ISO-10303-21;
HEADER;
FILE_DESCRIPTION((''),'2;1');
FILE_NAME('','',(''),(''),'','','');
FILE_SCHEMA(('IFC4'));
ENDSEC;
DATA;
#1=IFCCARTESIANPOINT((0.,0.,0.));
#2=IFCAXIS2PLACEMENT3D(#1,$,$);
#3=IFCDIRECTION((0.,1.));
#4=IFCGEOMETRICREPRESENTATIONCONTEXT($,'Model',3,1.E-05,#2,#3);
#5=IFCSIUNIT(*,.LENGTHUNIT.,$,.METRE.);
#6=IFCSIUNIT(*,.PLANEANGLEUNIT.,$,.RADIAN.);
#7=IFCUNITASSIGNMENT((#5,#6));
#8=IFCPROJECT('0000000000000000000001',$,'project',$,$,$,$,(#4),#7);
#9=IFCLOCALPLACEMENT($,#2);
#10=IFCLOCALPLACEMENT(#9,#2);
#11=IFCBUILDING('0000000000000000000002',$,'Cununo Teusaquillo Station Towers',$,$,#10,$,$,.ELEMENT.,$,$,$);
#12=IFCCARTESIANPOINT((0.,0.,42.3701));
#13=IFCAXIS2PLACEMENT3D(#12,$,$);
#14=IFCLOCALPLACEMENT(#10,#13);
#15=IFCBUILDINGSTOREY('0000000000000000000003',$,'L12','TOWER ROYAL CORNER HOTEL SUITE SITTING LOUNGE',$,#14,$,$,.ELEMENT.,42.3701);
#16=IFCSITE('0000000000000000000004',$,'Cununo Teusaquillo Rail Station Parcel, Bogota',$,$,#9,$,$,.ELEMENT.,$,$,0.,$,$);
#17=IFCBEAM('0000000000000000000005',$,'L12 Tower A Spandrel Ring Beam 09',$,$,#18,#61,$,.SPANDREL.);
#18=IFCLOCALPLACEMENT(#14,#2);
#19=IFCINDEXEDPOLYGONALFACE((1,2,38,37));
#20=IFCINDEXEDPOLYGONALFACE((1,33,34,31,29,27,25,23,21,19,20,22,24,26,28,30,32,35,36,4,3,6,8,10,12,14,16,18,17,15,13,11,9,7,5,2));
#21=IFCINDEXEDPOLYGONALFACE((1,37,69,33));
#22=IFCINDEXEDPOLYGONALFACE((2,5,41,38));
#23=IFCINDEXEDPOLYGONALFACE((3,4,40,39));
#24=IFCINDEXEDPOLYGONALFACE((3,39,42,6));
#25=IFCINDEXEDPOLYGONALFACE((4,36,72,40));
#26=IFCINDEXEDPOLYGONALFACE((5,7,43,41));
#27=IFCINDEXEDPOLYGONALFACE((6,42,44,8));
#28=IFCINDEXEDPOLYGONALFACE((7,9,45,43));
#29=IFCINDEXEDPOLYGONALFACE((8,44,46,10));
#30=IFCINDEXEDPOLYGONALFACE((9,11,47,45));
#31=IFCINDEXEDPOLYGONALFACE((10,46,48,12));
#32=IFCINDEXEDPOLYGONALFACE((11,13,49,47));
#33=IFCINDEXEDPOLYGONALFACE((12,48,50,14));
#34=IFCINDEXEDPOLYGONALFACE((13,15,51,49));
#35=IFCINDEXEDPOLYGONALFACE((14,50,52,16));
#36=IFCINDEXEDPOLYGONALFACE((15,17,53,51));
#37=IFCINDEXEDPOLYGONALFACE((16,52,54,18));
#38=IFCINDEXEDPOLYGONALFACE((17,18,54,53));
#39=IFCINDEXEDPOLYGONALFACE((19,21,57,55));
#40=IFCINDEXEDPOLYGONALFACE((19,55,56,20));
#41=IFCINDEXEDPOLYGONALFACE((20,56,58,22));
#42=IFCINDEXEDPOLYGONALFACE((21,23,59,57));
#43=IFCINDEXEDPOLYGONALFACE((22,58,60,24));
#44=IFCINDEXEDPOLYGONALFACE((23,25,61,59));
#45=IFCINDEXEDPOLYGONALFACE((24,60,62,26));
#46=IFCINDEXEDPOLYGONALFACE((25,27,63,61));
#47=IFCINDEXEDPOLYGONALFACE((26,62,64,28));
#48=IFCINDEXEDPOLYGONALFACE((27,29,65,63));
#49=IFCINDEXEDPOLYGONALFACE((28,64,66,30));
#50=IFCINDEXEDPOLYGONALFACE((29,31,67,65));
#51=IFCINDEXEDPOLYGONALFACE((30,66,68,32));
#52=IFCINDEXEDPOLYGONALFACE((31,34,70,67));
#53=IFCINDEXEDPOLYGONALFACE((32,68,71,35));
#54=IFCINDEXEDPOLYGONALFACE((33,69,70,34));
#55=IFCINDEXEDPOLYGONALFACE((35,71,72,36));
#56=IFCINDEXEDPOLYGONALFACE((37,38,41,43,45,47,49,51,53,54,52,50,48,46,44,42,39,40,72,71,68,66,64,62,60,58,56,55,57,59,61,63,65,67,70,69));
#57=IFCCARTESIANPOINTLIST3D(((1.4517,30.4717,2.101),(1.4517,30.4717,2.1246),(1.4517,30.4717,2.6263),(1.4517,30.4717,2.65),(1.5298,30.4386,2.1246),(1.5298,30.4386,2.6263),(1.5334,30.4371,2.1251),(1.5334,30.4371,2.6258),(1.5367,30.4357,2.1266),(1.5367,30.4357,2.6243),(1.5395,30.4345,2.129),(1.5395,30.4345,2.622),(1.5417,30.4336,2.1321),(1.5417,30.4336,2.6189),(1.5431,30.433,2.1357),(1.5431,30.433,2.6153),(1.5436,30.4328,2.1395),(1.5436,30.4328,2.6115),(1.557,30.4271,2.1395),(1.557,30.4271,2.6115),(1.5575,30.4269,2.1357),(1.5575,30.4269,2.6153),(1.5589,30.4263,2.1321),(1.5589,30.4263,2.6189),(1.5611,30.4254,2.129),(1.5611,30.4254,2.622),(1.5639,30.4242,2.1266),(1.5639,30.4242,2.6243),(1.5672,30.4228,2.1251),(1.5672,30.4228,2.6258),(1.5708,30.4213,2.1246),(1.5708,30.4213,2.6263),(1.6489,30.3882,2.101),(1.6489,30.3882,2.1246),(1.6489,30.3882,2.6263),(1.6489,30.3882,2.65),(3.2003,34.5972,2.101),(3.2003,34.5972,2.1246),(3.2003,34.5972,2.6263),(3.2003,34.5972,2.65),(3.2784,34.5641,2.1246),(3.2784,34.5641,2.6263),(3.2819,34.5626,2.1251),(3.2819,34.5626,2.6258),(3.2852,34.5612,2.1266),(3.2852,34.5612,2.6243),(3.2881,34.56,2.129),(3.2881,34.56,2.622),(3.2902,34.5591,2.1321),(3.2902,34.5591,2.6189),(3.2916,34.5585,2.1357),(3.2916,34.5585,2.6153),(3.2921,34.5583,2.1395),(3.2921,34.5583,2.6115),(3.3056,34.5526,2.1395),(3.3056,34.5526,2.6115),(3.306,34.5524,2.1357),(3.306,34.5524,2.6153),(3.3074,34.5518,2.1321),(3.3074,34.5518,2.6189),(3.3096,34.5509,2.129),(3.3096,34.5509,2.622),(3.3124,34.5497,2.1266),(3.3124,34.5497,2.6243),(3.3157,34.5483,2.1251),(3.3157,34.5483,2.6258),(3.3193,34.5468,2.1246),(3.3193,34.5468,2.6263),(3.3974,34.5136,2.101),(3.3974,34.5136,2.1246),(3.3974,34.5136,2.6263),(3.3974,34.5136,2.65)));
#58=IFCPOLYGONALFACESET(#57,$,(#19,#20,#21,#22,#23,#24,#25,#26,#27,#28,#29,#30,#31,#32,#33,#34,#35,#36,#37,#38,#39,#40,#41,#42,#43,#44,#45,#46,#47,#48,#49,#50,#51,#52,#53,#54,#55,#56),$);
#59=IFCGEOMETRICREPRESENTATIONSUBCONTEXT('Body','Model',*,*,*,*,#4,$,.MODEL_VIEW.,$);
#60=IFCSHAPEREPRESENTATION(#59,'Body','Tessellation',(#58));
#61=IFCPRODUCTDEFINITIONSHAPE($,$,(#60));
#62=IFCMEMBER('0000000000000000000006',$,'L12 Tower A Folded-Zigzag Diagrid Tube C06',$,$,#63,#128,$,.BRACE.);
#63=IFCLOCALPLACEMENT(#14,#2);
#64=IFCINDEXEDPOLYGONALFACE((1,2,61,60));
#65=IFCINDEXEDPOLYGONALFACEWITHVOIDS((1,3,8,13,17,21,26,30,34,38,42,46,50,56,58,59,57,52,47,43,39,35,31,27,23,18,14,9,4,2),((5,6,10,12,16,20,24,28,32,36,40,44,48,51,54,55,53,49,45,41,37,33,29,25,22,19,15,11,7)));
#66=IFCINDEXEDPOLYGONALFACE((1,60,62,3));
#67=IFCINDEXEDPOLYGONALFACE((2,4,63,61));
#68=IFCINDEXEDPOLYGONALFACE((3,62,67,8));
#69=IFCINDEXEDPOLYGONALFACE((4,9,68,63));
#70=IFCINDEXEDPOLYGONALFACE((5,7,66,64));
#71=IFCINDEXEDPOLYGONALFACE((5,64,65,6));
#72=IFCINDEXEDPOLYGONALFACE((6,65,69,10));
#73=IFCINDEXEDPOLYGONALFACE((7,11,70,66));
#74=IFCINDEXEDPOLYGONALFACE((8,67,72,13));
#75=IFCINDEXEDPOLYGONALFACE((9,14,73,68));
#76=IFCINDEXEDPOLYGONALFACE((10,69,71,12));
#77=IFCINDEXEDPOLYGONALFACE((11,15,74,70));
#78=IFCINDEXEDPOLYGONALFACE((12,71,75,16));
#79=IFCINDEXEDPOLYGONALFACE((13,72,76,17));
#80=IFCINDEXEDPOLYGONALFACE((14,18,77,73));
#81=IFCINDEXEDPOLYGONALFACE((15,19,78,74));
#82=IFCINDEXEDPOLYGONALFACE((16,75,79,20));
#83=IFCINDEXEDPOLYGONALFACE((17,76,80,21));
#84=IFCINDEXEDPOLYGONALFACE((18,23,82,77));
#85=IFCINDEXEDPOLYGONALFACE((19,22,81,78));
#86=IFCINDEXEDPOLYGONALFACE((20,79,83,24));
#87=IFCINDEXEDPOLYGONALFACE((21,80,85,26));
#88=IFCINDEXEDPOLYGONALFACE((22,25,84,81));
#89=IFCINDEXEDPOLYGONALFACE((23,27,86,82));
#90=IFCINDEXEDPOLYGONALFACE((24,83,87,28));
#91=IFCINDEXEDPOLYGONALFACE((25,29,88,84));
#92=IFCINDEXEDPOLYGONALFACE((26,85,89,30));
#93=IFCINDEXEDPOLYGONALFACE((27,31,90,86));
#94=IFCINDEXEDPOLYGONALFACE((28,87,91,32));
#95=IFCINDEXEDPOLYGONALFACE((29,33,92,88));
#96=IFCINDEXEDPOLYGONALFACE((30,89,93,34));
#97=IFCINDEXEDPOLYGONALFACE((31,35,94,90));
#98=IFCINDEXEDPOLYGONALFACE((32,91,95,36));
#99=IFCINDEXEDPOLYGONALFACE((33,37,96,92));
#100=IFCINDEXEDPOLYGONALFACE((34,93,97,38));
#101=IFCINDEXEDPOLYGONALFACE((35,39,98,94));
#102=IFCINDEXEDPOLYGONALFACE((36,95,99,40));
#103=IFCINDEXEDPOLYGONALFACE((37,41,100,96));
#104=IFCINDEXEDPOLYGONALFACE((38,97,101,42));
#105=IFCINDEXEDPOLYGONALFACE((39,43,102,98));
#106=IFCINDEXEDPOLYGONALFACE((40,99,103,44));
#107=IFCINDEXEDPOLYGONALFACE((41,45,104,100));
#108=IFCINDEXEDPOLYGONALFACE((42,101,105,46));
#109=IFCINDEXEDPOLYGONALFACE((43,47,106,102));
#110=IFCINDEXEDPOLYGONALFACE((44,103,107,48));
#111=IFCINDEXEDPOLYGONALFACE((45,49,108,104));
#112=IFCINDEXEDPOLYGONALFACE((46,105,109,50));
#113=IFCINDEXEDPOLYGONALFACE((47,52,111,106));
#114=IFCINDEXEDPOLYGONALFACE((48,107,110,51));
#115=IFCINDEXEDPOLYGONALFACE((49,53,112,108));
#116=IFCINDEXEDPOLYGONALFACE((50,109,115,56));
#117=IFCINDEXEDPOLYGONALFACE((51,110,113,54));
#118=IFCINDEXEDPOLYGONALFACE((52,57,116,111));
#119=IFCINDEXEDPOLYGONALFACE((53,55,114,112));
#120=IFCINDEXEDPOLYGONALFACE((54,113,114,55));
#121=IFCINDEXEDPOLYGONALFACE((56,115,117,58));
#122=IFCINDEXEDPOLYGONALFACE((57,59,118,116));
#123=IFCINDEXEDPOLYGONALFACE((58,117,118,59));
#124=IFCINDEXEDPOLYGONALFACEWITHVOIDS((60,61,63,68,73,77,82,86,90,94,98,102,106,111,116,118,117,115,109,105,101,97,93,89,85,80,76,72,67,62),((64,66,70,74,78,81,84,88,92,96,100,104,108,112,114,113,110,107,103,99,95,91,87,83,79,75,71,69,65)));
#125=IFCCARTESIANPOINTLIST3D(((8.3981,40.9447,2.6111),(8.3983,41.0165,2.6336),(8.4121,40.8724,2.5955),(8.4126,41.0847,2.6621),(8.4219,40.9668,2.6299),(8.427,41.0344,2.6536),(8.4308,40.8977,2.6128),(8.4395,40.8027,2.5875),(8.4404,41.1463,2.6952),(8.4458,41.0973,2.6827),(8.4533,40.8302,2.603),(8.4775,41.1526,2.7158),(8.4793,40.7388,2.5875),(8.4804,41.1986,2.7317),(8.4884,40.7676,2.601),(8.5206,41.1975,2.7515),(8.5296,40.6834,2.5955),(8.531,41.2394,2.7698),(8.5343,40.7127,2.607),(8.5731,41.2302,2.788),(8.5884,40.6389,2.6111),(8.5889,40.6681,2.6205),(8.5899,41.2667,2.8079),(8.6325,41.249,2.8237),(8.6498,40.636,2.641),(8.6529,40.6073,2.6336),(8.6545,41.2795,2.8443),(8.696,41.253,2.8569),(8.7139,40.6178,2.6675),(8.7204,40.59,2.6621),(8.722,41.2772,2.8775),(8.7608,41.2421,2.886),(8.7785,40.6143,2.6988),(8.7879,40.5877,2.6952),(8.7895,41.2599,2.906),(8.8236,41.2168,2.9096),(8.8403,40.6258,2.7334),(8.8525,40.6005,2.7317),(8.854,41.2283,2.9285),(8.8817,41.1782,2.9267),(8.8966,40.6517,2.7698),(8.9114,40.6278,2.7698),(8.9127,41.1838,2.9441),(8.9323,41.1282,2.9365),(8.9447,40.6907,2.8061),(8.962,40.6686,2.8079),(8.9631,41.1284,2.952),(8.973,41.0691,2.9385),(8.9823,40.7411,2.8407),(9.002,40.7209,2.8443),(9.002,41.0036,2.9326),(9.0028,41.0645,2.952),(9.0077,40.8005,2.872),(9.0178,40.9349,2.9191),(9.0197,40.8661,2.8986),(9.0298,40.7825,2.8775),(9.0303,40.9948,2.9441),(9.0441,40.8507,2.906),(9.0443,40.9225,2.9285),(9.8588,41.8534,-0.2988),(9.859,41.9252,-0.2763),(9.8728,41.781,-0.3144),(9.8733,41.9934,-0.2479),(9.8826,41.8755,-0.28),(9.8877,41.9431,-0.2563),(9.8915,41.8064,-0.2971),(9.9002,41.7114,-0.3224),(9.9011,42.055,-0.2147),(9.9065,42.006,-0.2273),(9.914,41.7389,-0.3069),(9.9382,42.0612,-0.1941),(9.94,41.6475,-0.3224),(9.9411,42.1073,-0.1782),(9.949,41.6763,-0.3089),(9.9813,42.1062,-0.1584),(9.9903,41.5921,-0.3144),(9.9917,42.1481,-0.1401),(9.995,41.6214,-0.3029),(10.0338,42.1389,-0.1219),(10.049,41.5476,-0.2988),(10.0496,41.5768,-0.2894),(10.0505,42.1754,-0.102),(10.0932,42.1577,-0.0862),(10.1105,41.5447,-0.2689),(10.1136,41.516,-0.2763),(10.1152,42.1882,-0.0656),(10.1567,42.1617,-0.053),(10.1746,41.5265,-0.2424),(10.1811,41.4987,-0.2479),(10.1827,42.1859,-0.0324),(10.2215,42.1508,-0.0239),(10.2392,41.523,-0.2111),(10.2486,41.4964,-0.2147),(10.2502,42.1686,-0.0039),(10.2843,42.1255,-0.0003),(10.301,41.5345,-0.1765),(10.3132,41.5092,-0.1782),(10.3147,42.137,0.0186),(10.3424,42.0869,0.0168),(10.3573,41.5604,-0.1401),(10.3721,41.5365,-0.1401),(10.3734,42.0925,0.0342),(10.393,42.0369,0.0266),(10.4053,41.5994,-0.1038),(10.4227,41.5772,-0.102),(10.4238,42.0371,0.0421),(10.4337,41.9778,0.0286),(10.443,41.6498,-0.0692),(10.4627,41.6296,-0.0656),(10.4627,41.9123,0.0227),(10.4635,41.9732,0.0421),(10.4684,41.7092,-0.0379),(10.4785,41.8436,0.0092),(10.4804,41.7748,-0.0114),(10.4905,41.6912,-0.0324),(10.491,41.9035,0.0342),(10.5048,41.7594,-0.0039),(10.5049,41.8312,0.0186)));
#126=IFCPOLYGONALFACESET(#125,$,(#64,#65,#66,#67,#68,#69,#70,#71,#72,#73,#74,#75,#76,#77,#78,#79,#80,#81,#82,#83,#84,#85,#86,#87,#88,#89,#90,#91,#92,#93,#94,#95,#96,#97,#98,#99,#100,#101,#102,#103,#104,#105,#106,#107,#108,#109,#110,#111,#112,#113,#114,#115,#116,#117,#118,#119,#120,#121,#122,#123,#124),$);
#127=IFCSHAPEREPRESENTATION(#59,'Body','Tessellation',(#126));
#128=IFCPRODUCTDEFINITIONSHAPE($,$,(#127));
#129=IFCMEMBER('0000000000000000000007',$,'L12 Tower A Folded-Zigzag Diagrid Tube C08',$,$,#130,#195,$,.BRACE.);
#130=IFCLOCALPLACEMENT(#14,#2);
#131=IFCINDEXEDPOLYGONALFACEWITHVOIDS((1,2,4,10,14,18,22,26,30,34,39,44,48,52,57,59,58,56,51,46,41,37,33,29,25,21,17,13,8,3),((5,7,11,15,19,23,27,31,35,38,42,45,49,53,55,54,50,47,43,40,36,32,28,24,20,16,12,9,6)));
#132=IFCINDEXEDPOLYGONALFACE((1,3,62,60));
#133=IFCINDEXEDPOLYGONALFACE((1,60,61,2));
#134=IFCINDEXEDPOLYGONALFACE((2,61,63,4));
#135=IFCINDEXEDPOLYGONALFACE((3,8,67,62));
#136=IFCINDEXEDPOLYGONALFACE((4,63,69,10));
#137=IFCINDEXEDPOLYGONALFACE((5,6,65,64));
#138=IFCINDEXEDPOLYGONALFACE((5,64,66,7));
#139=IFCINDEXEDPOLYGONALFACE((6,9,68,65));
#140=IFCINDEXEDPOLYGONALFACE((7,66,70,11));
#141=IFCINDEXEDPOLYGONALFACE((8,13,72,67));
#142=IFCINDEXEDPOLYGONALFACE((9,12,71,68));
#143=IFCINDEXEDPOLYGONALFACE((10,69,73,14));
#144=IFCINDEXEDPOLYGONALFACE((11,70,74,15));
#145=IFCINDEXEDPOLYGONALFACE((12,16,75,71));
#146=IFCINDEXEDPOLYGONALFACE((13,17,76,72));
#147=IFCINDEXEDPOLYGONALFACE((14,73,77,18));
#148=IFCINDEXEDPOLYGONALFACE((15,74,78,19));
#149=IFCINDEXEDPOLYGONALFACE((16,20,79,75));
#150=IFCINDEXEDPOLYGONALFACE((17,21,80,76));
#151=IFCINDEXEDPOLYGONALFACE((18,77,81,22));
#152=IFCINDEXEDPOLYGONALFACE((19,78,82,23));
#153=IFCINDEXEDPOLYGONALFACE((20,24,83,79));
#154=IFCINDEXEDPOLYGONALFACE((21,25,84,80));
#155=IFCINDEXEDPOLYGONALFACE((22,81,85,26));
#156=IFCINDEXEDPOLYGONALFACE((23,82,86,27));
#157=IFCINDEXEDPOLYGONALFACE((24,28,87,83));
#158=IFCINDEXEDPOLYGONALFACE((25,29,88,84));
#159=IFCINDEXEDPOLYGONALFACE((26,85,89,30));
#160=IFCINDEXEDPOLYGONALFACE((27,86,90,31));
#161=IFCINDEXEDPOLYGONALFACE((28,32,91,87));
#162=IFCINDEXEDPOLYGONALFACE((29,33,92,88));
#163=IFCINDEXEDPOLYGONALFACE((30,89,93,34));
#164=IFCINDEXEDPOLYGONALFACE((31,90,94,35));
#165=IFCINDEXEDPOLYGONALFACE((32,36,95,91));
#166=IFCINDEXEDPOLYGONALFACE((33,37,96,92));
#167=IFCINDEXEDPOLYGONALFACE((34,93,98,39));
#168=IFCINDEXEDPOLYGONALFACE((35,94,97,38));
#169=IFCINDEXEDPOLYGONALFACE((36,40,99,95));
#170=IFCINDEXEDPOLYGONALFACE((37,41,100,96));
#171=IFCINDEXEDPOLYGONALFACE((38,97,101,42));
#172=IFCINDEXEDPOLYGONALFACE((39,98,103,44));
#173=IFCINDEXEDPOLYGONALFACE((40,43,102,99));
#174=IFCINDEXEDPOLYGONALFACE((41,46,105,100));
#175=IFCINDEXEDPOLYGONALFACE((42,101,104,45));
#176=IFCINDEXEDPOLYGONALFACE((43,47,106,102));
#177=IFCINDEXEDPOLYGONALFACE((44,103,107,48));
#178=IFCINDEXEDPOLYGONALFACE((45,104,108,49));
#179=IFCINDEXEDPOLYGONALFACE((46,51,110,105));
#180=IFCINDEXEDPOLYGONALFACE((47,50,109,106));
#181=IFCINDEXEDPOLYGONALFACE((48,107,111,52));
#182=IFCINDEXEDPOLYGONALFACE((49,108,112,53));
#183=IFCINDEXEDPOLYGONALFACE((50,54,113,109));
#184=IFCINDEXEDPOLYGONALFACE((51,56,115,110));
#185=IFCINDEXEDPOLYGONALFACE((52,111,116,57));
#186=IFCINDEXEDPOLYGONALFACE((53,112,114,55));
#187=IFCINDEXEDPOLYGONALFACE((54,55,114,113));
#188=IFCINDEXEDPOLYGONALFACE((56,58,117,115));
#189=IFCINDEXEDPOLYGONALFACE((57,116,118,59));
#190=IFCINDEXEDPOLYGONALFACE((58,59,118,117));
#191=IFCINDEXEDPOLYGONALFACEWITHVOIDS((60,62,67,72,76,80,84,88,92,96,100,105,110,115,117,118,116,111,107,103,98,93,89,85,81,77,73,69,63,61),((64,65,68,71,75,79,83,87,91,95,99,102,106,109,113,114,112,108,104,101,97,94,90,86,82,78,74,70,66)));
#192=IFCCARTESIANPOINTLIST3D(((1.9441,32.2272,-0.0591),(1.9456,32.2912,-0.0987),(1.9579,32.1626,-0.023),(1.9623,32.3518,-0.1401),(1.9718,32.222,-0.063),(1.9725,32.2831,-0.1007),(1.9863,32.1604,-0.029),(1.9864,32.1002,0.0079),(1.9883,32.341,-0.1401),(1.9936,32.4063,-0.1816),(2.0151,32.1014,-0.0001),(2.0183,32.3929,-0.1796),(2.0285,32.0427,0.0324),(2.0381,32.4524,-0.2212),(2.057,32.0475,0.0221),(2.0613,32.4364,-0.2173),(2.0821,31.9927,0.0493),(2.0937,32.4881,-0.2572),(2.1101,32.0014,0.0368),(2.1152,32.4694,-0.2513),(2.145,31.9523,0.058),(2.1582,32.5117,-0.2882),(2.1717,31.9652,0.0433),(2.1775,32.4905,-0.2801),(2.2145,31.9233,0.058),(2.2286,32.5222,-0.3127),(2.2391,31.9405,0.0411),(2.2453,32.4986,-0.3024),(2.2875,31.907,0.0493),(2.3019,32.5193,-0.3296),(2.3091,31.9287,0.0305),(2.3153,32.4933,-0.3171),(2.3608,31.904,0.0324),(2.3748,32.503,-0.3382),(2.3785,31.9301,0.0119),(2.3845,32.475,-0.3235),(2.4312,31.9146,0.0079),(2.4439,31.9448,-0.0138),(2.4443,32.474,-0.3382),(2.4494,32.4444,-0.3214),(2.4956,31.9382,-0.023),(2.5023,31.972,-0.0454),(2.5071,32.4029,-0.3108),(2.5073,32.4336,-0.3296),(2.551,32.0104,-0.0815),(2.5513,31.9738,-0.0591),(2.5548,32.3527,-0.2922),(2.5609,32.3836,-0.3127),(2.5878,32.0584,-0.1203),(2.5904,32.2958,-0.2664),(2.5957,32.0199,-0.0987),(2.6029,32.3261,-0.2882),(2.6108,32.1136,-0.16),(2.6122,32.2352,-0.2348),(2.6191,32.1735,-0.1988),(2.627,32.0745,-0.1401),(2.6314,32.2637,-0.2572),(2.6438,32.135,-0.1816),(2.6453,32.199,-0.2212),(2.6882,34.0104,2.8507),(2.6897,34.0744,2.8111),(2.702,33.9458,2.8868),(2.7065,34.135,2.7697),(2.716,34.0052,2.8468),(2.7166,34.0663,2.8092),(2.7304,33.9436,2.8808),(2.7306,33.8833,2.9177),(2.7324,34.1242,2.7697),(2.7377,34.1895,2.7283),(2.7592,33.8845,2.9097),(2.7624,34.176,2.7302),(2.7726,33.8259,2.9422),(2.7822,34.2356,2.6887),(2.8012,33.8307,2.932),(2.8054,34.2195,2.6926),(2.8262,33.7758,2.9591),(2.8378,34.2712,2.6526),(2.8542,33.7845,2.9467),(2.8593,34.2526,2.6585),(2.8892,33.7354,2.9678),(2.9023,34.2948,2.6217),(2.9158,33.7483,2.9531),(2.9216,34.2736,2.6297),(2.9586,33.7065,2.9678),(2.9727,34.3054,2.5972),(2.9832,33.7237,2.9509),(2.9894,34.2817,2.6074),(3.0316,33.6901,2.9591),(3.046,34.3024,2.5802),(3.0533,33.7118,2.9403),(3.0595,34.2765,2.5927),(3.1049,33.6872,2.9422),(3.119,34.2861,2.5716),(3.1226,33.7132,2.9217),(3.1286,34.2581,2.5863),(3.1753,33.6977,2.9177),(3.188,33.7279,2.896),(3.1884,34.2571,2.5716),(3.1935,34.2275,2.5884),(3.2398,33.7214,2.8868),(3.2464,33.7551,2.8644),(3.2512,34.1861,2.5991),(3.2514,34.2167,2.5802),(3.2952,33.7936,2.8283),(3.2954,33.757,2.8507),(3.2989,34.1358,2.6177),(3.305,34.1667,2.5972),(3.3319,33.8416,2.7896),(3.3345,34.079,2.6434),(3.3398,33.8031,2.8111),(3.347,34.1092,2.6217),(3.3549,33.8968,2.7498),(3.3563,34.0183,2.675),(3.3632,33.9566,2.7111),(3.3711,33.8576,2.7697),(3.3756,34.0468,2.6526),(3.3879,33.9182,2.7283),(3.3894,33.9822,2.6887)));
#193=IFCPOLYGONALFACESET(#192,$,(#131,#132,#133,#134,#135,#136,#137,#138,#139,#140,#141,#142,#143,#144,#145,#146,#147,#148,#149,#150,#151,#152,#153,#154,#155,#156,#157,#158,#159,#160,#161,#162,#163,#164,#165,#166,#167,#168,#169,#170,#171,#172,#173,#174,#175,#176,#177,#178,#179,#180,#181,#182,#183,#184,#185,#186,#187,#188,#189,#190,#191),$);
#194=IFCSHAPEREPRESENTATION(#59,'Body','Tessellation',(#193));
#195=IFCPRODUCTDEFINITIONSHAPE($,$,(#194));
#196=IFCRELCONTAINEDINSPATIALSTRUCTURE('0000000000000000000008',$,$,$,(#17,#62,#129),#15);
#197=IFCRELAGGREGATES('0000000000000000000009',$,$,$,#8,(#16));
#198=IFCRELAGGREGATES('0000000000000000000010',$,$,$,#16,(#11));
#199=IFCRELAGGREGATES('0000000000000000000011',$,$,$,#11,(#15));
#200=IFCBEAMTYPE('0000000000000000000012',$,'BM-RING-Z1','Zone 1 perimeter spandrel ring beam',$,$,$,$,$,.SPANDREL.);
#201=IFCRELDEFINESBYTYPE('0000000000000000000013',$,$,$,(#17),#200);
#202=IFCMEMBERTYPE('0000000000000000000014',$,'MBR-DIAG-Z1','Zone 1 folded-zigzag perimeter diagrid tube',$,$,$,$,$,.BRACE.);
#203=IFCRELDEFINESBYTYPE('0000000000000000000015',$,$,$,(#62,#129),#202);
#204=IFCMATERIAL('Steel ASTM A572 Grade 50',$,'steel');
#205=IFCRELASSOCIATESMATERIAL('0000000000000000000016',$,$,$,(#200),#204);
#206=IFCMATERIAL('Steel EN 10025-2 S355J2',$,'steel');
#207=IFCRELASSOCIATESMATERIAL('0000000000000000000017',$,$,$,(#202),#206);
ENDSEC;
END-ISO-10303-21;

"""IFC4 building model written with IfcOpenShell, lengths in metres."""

from ifc_helpers import new_model, si_unit, direction, frame, origin, origin_2d, place, context, subcontext, project, spatial, hollow_circle, i_section, extrude, material, material_profile, profile_set, type_object, element, save


model = new_model("IFC4")

# Units and contexts
model_context = context("Model", 3, precision=1e-05, world=origin(), true_north=direction((0.0, 1.0)))
body_context = subcontext(model_context, "Body", "Model", "MODEL_VIEW")
ifc_project = project(units=[si_unit("LENGTHUNIT", "METRE"), si_unit("PLANEANGLEUNIT", "RADIAN")], contexts=[model_context])

# Site, building, storey
site_placement = place(None, origin())
site = spatial("IfcSite", under=ifc_project, at=site_placement, Name="Cununo Teusaquillo Rail Station Parcel, Bogota", CompositionType="ELEMENT", RefElevation=0.0)
building_placement = place(site_placement, origin())
building = spatial("IfcBuilding", under=site, at=building_placement, Name="Cununo Teusaquillo Station Towers", CompositionType="ELEMENT")
storey_placement = place(building_placement, frame((0.0, 0.0, 42.3701)))
storey = spatial("IfcBuildingStorey", under=building, at=storey_placement, Name="L12", Description="TOWER ROYAL CORNER HOTEL SUITE SITTING LOUNGE", CompositionType="ELEMENT", Elevation=42.3701)

# Beam
ifc_material_1 = material(Name="Steel ASTM A572 Grade 50", Category="steel")
ifc_material_profile_1 = material_profile(ifc_material_1, i_section(OverallWidth=0.2141, OverallDepth=0.5491, WebThickness=0.0146, FlangeThickness=0.0237, FilletRadius=0.0149, at=origin_2d()), Name="W21X93")
ifc_profile_set_1 = profile_set([ifc_material_profile_1], Name="Steel ASTM A572 Grade 50")
beam_type = type_object("IfcBeamType", Name="BM-RING-Z1", Description="Zone 1 perimeter spandrel ring beam", PredefinedType="SPANDREL", material=ifc_profile_set_1)
beam_1_placement = place(storey_placement, frame((3.2988, 34.5554, 2.3755), z_axis=(-0.390234, -0.920716, 0.0), x_axis=(0.920716, -0.390234, 0.0)))
element("IfcBeam", 1, at=beam_1_placement, inside=storey, type_object=beam_type, Name="L12 Tower A Spandrel Ring Beam 09", PredefinedType="SPANDREL", context=body_context, shape_type="SweptSolid", body=[
    extrude(i_section(OverallWidth=0.2141, OverallDepth=0.5491, WebThickness=0.0146, FlangeThickness=0.0237, FilletRadius=0.0149, at=origin_2d()), origin(), (0.0, 0.0, 1.0), 4.4807),
])

# Members
ifc_material_2 = material(Name="Steel EN 10025-2 S355J2", Category="steel")
ifc_material_profile_2 = material_profile(ifc_material_2, hollow_circle(Radius=0.3601, WallThickness=0.0281, at=origin_2d()), Name="CHS 720x28")
ifc_profile_set_2 = profile_set([ifc_material_profile_2], Name="Steel EN 10025-2 S355J2")
member_type = type_object("IfcMemberType", Name="MBR-DIAG-Z1", Description="Zone 1 folded-zigzag perimeter diagrid tube", PredefinedType="BRACE", material=ifc_profile_set_2)
member_1_placement = place(storey_placement, frame((10.1819, 41.8423, -0.1401), z_axis=(-0.43211, -0.268814, 0.860825), x_axis=(0.528225, -0.849105, 0.0)))
element("IfcMember", 2, at=member_1_placement, inside=storey, type_object=member_type, Name="L12 Tower A Folded-Zigzag Diagrid Tube C06", PredefinedType="BRACE", context=body_context, shape_type="SweptSolid", body=[
    extrude(hollow_circle(Radius=0.3601, WallThickness=0.0281, at=origin_2d()), origin(), (0.0, 0.0, 1.0), 3.3804),
])
member_2_placement = place(storey_placement, frame((2.2947, 32.2131, -0.1401), z_axis=(0.213037, 0.510506, 0.833066), x_axis=(-0.922867, 0.385118, 0.0)))
element("IfcMember", 3, at=member_2_placement, inside=storey, type_object=member_type, Name="L12 Tower A Folded-Zigzag Diagrid Tube C08", PredefinedType="BRACE", context=body_context, shape_type="SweptSolid", body=[
    extrude(hollow_circle(Radius=0.3601, WallThickness=0.0281, at=origin_2d()), origin(), (0.0, 0.0, 1.0), 3.4929),
])

save(model, "model.ifc")
